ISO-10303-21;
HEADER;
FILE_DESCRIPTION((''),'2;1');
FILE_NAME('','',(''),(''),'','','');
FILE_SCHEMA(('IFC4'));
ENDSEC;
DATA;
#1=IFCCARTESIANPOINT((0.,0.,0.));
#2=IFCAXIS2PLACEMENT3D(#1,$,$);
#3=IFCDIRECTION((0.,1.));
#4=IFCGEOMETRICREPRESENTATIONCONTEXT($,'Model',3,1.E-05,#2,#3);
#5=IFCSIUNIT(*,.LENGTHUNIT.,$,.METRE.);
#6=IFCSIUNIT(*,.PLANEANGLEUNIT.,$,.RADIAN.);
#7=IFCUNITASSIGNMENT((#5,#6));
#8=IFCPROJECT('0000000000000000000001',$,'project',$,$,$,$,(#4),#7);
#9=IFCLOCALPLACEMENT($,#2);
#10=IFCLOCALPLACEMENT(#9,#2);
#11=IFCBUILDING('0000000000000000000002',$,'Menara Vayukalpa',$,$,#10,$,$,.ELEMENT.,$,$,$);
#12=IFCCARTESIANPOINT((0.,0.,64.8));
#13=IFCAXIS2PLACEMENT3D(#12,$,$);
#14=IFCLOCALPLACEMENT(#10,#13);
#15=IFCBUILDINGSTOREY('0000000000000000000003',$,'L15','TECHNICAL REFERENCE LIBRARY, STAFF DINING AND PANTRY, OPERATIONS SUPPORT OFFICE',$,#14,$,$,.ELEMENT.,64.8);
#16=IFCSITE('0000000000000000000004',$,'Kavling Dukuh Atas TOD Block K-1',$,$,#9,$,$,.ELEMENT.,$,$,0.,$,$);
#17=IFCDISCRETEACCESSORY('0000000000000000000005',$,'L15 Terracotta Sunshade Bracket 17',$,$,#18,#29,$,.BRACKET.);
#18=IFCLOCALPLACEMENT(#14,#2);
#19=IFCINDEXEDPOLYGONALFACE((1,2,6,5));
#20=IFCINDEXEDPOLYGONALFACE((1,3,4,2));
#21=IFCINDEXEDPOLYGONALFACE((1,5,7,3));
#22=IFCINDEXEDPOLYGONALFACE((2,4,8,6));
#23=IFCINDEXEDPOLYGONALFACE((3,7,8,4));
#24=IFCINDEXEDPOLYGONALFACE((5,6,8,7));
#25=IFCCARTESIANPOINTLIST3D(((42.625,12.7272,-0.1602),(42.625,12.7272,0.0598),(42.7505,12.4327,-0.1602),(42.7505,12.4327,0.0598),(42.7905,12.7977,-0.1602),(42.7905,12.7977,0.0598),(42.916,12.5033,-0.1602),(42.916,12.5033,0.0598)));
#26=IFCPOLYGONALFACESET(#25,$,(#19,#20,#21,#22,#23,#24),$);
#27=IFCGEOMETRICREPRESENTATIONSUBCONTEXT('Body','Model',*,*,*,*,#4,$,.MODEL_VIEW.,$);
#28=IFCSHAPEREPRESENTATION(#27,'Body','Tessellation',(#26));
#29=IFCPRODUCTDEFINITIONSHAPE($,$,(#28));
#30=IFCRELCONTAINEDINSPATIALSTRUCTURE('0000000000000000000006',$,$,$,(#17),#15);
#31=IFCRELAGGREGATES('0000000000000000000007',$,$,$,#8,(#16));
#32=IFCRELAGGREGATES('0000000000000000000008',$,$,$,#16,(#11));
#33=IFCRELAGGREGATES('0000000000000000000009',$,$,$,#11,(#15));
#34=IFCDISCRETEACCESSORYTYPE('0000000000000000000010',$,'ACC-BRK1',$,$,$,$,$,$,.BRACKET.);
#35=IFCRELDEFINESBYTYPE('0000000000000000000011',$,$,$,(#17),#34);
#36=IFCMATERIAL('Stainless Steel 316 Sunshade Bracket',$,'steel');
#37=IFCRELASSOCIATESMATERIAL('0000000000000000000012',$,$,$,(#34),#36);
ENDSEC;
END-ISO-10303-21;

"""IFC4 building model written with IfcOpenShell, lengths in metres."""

from ifc_helpers import new_model, si_unit, direction, frame, origin, origin_2d, place, context, subcontext, project, spatial, rectangle, extrude, material, type_object, element, save


model = new_model("IFC4")

# Units and contexts
model_context = context("Model", 3, precision=1e-05, world=origin(), true_north=direction((0.0, 1.0)))
body_context = subcontext(model_context, "Body", "Model", "MODEL_VIEW")
ifc_project = project(units=[si_unit("LENGTHUNIT", "METRE"), si_unit("PLANEANGLEUNIT", "RADIAN")], contexts=[model_context])

# Site, building, storey
site_placement = place(None, origin())
site = spatial("IfcSite", under=ifc_project, at=site_placement, Name="Kavling Dukuh Atas TOD Block K-1", CompositionType="ELEMENT", RefElevation=0.0)
building_placement = place(site_placement, origin())
building = spatial("IfcBuilding", under=site, at=building_placement, Name="Menara Vayukalpa", CompositionType="ELEMENT")
storey_placement = place(building_placement, frame((0.0, 0.0, 64.8)))
storey = spatial("IfcBuildingStorey", under=building, at=storey_placement, Name="L15", Description="TECHNICAL REFERENCE LIBRARY, STAFF DINING AND PANTRY, OPERATIONS SUPPORT OFFICE", CompositionType="ELEMENT", Elevation=64.8)

# Discrete accessory
ifc_material_1 = material(Name="Stainless Steel 316 Sunshade Bracket", Category="steel")
discrete_accessory_type = type_object("IfcDiscreteAccessoryType", Name="ACC-BRK1", PredefinedType="BRACKET", material=ifc_material_1)
discrete_accessory_placement = place(storey_placement, frame((42.7705, 12.6152, -0.1602), z_axis=(0.0, 0.0, 1.0), x_axis=(0.919958, 0.392016, 0.0)))
element("IfcDiscreteAccessory", 1, at=discrete_accessory_placement, inside=storey, type_object=discrete_accessory_type, Name="L15 Terracotta Sunshade Bracket 17", PredefinedType="BRACKET", context=body_context, shape_type="SweptSolid", body=[
    extrude(rectangle(XDim=0.1799, YDim=0.3201, at=origin_2d()), origin(), (0.0, 0.0, 1.0), 0.22),
])

save(model, "model.ifc")
